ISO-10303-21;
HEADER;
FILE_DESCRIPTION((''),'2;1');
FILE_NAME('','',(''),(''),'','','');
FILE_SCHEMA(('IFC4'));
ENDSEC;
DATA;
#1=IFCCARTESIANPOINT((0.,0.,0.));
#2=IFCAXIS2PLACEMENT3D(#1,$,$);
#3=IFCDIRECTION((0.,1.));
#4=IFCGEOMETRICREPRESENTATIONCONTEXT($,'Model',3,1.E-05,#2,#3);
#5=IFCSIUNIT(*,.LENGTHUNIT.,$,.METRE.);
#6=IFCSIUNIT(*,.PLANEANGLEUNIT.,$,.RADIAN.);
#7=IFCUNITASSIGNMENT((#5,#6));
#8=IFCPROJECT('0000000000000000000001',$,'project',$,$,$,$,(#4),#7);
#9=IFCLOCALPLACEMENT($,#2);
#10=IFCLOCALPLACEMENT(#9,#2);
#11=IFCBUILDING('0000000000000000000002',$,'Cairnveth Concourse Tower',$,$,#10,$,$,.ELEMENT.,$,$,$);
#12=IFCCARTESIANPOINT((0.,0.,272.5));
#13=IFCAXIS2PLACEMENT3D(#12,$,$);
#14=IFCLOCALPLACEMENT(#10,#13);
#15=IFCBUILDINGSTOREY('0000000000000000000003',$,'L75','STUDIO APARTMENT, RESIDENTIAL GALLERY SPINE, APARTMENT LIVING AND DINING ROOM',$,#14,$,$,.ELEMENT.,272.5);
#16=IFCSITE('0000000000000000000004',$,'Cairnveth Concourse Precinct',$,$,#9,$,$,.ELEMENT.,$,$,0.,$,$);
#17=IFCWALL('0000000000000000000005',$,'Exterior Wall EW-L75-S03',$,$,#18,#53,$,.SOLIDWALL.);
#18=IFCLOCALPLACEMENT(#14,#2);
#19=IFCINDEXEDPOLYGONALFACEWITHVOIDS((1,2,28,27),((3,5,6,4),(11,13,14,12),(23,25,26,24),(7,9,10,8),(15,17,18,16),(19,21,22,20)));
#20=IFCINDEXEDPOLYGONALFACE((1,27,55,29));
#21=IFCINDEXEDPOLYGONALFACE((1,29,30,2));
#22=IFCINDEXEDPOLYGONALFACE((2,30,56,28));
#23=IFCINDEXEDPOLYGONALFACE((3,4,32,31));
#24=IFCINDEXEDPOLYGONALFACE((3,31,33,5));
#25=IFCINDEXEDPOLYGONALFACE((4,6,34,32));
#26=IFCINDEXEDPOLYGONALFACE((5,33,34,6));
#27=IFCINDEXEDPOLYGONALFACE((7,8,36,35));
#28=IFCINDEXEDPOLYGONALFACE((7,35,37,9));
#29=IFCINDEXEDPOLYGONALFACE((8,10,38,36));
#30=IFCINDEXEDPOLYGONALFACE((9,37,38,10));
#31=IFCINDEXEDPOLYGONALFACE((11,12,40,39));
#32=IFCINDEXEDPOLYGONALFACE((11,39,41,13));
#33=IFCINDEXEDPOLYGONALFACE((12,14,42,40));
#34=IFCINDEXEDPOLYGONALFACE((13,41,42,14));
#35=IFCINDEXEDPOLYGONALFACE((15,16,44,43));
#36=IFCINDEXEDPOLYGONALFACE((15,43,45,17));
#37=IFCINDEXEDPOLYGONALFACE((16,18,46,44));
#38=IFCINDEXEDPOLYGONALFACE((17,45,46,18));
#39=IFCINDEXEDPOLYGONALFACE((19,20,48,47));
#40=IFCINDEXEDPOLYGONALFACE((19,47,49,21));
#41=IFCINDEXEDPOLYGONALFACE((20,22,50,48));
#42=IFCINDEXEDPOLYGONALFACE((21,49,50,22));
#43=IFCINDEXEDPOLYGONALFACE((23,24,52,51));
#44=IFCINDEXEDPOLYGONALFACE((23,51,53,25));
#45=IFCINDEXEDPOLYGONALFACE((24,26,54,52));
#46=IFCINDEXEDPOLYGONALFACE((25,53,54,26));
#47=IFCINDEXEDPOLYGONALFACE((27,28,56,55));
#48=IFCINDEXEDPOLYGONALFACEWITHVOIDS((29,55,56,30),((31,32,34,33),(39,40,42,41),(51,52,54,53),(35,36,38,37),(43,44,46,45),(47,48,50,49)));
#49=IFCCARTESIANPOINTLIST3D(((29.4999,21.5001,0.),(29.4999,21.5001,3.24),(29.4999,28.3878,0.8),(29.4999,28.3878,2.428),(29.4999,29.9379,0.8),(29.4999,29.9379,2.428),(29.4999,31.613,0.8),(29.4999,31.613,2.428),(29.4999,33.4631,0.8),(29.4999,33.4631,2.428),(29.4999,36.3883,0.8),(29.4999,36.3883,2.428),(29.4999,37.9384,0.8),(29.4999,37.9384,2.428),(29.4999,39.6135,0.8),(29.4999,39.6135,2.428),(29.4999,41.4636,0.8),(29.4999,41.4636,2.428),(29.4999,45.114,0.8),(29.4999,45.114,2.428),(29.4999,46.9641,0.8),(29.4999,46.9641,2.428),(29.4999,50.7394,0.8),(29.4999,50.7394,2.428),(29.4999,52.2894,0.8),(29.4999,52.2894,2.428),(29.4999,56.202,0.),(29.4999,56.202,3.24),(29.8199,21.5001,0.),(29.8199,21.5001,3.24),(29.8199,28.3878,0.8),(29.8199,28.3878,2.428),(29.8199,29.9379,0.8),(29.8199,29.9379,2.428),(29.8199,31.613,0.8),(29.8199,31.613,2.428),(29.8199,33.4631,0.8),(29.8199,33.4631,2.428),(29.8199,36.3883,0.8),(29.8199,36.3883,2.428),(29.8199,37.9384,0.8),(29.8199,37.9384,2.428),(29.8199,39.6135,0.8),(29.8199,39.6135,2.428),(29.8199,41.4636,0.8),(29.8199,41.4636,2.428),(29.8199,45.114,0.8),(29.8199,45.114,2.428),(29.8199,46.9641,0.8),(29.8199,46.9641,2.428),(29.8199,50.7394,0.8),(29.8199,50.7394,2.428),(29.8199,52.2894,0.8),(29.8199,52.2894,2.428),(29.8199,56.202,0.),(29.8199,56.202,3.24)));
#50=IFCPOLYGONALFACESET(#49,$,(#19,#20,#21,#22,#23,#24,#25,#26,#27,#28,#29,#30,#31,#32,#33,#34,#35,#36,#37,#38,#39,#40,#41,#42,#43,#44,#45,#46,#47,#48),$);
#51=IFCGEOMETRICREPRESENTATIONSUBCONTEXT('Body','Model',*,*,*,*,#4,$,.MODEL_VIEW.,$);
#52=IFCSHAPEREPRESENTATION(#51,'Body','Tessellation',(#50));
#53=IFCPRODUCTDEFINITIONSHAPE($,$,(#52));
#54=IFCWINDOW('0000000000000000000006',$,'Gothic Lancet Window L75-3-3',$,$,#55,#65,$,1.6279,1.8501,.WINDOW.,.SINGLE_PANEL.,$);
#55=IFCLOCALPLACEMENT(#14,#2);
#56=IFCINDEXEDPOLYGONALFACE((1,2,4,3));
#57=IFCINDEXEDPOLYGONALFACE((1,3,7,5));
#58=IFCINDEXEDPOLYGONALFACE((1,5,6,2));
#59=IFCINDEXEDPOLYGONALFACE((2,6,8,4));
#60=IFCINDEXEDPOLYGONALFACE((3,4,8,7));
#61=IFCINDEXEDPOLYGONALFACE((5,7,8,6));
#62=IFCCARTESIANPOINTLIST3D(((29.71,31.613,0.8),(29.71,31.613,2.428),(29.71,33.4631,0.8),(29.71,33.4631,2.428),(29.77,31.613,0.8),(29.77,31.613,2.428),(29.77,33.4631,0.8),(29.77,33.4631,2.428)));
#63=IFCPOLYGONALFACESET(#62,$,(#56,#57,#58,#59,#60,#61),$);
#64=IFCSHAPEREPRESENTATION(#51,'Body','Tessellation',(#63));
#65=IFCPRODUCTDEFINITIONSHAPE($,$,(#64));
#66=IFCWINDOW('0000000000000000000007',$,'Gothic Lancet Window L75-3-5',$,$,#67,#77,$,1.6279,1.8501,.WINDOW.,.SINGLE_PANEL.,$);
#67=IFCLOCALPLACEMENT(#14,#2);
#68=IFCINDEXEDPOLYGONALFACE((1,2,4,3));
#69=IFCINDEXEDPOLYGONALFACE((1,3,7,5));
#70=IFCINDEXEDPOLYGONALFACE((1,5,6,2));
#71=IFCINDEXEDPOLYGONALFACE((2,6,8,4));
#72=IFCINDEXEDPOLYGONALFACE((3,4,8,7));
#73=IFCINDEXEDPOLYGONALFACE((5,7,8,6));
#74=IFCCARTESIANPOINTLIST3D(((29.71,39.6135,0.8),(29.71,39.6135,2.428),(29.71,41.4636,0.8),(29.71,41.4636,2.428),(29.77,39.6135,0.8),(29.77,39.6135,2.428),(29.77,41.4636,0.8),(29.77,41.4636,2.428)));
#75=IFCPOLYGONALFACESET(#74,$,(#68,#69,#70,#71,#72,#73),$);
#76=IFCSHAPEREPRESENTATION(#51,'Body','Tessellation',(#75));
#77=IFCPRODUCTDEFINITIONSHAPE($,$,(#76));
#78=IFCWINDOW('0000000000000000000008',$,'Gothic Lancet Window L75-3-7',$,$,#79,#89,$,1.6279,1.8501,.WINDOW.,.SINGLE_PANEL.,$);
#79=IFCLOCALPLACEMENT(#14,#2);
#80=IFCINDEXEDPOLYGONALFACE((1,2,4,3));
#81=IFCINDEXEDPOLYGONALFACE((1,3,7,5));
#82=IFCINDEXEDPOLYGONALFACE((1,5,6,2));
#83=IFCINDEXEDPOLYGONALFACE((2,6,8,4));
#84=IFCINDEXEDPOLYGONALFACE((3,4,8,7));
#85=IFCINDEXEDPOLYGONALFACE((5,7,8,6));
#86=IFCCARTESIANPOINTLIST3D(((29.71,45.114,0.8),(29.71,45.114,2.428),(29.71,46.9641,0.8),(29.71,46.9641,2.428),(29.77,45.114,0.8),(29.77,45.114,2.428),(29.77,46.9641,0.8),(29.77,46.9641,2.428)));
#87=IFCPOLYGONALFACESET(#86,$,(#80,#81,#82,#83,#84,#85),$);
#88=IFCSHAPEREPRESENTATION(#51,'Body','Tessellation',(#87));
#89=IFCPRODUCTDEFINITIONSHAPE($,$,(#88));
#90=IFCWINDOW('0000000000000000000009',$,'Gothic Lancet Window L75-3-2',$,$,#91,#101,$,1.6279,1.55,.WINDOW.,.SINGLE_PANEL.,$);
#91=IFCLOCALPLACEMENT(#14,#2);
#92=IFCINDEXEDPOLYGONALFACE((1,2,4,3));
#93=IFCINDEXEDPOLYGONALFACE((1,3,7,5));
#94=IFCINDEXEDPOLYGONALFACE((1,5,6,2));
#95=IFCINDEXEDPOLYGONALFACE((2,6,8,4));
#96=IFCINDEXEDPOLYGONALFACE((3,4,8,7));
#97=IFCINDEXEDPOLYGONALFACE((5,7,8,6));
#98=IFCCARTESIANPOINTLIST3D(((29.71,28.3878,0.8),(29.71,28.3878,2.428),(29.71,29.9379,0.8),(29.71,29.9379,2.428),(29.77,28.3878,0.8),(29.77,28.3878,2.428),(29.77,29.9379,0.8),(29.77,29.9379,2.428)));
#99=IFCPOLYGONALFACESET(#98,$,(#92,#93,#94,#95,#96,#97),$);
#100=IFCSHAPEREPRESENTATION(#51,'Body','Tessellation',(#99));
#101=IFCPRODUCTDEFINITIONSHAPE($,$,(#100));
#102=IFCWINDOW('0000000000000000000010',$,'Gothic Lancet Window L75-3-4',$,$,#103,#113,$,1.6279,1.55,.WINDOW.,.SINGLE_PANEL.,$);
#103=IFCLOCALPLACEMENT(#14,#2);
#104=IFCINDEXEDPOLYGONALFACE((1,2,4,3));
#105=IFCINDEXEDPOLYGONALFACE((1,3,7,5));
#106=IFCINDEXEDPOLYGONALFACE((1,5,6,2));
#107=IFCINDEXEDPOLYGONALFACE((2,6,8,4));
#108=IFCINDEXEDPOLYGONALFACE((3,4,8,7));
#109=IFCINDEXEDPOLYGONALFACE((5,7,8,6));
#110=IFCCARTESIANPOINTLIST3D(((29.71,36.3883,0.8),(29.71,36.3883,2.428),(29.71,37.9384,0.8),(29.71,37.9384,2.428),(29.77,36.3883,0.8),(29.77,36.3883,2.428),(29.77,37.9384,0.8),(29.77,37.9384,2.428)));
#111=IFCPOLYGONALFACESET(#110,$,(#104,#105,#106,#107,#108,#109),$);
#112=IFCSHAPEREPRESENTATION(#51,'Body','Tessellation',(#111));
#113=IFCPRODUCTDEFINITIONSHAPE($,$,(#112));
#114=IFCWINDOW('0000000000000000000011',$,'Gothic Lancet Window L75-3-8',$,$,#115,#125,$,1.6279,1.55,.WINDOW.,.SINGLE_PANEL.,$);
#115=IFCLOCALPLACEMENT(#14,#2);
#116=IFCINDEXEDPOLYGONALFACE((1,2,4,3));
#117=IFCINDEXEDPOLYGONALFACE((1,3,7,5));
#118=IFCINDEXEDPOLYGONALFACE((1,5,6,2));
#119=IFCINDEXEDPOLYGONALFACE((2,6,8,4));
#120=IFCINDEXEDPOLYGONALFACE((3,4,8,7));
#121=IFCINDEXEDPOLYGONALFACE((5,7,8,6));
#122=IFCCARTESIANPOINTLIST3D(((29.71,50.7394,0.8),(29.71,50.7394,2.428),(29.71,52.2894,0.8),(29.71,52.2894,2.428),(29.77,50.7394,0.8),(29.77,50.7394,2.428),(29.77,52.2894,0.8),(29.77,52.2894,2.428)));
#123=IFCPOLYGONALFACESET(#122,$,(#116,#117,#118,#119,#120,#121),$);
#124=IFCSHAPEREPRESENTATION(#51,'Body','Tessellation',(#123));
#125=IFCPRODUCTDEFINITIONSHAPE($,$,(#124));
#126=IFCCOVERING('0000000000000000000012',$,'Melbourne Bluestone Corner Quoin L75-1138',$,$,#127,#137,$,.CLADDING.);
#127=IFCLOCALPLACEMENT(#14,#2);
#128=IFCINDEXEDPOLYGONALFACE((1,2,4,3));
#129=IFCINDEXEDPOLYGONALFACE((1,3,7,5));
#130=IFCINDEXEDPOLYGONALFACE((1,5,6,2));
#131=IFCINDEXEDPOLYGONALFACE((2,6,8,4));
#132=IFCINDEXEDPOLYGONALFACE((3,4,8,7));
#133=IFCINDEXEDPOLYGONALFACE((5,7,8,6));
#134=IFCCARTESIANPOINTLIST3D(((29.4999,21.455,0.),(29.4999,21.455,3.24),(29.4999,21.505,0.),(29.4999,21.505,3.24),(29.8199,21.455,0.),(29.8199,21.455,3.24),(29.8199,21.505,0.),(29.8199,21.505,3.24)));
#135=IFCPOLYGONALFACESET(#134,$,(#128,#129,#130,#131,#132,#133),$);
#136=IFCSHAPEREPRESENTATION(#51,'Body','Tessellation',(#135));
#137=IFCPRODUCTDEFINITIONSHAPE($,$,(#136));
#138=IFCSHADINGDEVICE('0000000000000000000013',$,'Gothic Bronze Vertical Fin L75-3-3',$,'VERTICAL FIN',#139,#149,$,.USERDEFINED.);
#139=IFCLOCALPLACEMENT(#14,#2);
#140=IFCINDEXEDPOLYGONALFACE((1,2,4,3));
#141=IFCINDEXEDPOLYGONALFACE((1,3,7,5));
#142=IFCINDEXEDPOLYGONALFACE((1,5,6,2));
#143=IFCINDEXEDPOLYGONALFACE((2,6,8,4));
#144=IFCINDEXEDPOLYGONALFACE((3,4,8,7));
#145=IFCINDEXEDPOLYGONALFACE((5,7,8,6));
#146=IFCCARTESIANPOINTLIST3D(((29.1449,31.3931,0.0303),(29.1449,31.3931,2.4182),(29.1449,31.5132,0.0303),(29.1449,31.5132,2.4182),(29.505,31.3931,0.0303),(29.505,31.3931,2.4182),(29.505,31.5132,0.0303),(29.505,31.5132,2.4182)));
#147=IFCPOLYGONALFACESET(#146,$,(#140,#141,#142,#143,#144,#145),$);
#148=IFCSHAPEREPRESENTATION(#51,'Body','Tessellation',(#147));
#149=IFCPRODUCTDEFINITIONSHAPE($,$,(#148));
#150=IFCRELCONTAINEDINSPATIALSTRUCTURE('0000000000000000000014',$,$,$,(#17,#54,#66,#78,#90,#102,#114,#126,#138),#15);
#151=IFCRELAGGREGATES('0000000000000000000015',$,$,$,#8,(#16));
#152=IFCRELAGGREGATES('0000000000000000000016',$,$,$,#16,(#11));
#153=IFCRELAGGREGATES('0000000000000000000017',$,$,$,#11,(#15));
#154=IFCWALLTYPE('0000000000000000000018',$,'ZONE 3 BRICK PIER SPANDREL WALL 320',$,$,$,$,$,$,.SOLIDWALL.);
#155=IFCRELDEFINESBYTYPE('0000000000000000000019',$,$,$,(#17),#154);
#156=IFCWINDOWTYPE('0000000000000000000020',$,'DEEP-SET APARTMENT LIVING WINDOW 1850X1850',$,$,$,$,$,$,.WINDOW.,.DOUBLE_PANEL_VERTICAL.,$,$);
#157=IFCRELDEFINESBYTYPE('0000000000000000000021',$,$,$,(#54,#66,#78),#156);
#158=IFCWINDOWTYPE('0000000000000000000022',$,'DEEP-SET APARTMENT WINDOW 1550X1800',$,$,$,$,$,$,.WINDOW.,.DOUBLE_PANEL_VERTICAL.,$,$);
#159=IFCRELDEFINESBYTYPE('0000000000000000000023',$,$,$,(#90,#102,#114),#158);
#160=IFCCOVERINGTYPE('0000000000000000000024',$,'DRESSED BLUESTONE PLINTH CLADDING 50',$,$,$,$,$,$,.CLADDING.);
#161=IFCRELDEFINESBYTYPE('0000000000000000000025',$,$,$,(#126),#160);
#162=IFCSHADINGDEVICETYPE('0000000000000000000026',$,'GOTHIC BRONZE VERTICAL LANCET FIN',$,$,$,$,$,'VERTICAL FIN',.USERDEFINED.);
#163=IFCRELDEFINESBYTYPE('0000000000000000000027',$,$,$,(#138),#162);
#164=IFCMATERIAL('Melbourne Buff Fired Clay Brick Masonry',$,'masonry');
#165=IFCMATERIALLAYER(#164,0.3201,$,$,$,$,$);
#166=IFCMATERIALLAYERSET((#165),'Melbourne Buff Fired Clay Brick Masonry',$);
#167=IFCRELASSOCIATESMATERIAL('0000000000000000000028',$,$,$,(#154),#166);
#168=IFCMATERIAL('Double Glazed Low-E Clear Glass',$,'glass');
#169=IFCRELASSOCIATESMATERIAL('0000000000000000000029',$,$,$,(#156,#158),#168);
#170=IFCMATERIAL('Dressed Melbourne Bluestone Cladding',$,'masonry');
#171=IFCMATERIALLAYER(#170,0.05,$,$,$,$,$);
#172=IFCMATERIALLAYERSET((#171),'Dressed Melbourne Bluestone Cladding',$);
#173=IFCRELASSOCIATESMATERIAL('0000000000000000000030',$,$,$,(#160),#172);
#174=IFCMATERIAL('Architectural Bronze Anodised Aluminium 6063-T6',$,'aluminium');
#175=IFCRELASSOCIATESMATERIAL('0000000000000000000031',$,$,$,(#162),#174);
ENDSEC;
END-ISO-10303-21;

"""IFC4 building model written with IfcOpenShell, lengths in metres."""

from ifc_helpers import new_model, si_unit, direction, frame, frame_2d, origin, origin_2d, place, context, subcontext, project, spatial, rectangle, extrude, material, layer, layer_set, type_object, element, fill, save


model = new_model("IFC4")

# Units and contexts
model_context = context("Model", 3, precision=1e-05, world=origin(), true_north=direction((0.0, 1.0)))
body_context = subcontext(model_context, "Body", "Model", "MODEL_VIEW")
ifc_project = project(units=[si_unit("LENGTHUNIT", "METRE"), si_unit("PLANEANGLEUNIT", "RADIAN")], contexts=[model_context])

# Site, building, storey
site_placement = place(None, origin())
site = spatial("IfcSite", under=ifc_project, at=site_placement, Name="Cairnveth Concourse Precinct", CompositionType="ELEMENT", RefElevation=0.0)
building_placement = place(site_placement, origin())
building = spatial("IfcBuilding", under=site, at=building_placement, Name="Cairnveth Concourse Tower", CompositionType="ELEMENT")
storey_placement = place(building_placement, frame((0.0, 0.0, 272.5)))
storey = spatial("IfcBuildingStorey", under=building, at=storey_placement, Name="L75", Description="STUDIO APARTMENT, RESIDENTIAL GALLERY SPINE, APARTMENT LIVING AND DINING ROOM", CompositionType="ELEMENT", Elevation=272.5)

# Wall, openings, windows
ifc_material_1 = material(Name="Melbourne Buff Fired Clay Brick Masonry", Category="masonry")
ifc_layer_1 = layer(ifc_material_1, 0.3201)
ifc_layer_set_1 = layer_set([ifc_layer_1], Name="Melbourne Buff Fired Clay Brick Masonry")
wall_type_1 = type_object("IfcWallType", Name="ZONE 3 BRICK PIER SPANDREL WALL 320", PredefinedType="SOLIDWALL", material=ifc_layer_set_1)
wall_1_placement = place(storey_placement, frame((29.6599, 21.5, 0.0), z_axis=(0.0, 0.0, 1.0), x_axis=(0.0, 1.0, 0.0)))
wall_1 = element("IfcWall", 1, at=wall_1_placement, inside=storey, type_object=wall_type_1, Name="Exterior Wall EW-L75-S03", PredefinedType="SOLIDWALL", context=body_context, shape_type="SweptSolid", body=[
    extrude(rectangle(XDim=34.7019, YDim=0.3201, at=frame_2d((17.3511, 0.0))), origin(), (0.0, 0.0, 1.0), 3.24),
])
opening_1_placement = place(wall_1_placement, frame((6.8879, 0.0, 0.8)))
opening_1 = element("IfcOpeningElement", 2, at=opening_1_placement, cuts=wall_1, PredefinedType="OPENING", context=body_context, shape_type="SweptSolid", body=[
    extrude(rectangle(XDim=1.55, YDim=1.6279, at=frame_2d((0.7749, 0.814))), frame((0.0, 0.1699, 0.0), z_axis=(0.0, -1.0, 0.0), x_axis=(1.0, 0.0, 0.0)), (0.0, 0.0, 1.0), 0.3401),
])
opening_2_placement = place(wall_1_placement, frame((10.113, 0.0, 0.8)))
opening_2 = element("IfcOpeningElement", 3, at=opening_2_placement, cuts=wall_1, PredefinedType="OPENING", context=body_context, shape_type="SweptSolid", body=[
    extrude(rectangle(XDim=1.8501, YDim=1.6279, at=frame_2d((0.925, 0.814))), frame((0.0, 0.1699, 0.0), z_axis=(0.0, -1.0, 0.0), x_axis=(1.0, 0.0, 0.0)), (0.0, 0.0, 1.0), 0.3401),
])
opening_3_placement = place(wall_1_placement, frame((14.8884, 0.0, 0.8)))
opening_3 = element("IfcOpeningElement", 4, at=opening_3_placement, cuts=wall_1, PredefinedType="OPENING", context=body_context, shape_type="SweptSolid", body=[
    extrude(rectangle(XDim=1.55, YDim=1.6279, at=frame_2d((0.7749, 0.814))), frame((0.0, 0.1699, 0.0), z_axis=(0.0, -1.0, 0.0), x_axis=(1.0, 0.0, 0.0)), (0.0, 0.0, 1.0), 0.3401),
])
opening_4_placement = place(wall_1_placement, frame((18.1135, 0.0, 0.8)))
opening_4 = element("IfcOpeningElement", 5, at=opening_4_placement, cuts=wall_1, PredefinedType="OPENING", context=body_context, shape_type="SweptSolid", body=[
    extrude(rectangle(XDim=1.8501, YDim=1.6279, at=frame_2d((0.925, 0.814))), frame((0.0, 0.1699, 0.0), z_axis=(0.0, -1.0, 0.0), x_axis=(1.0, 0.0, 0.0)), (0.0, 0.0, 1.0), 0.3401),
])
opening_5_placement = place(wall_1_placement, frame((23.614, 0.0, 0.8)))
opening_5 = element("IfcOpeningElement", 6, at=opening_5_placement, cuts=wall_1, PredefinedType="OPENING", context=body_context, shape_type="SweptSolid", body=[
    extrude(rectangle(XDim=1.8501, YDim=1.6279, at=frame_2d((0.925, 0.814))), frame((0.0, 0.1699, 0.0), z_axis=(0.0, -1.0, 0.0), x_axis=(1.0, 0.0, 0.0)), (0.0, 0.0, 1.0), 0.3401),
])
opening_6_placement = place(wall_1_placement, frame((29.2395, 0.0, 0.8)))
opening_6 = element("IfcOpeningElement", 7, at=opening_6_placement, cuts=wall_1, PredefinedType="OPENING", context=body_context, shape_type="SweptSolid", body=[
    extrude(rectangle(XDim=1.55, YDim=1.6279, at=frame_2d((0.7749, 0.814))), frame((0.0, 0.1699, 0.0), z_axis=(0.0, -1.0, 0.0), x_axis=(1.0, 0.0, 0.0)), (0.0, 0.0, 1.0), 0.3401),
])
ifc_material_2 = material(Name="Double Glazed Low-E Clear Glass", Category="glass")
window_type_1 = type_object("IfcWindowType", Name="DEEP-SET APARTMENT LIVING WINDOW 1850X1850", PartitioningType="DOUBLE_PANEL_VERTICAL", PredefinedType="WINDOW", material=ifc_material_2)
window_1_placement = place(opening_2_placement, origin())
window_1 = element("IfcWindow", 8, at=window_1_placement, inside=storey, type_object=window_type_1, Name="Gothic Lancet Window L75-3-3", OverallHeight=1.6279, OverallWidth=1.8501, PartitioningType="SINGLE_PANEL", PredefinedType="WINDOW", context=body_context, shape_type="SweptSolid", body=[
    extrude(rectangle(XDim=1.8501, YDim=1.6279, at=frame_2d((0.925, 0.814))), frame((0.0, -0.05, 0.0), z_axis=(0.0, -1.0, 0.0), x_axis=(1.0, 0.0, 0.0)), (0.0, 0.0, 1.0), 0.0601),
])
fill(opening_2, window_1)
window_2_placement = place(opening_4_placement, origin())
window_2 = element("IfcWindow", 9, at=window_2_placement, inside=storey, type_object=window_type_1, Name="Gothic Lancet Window L75-3-5", OverallHeight=1.6279, OverallWidth=1.8501, PartitioningType="SINGLE_PANEL", PredefinedType="WINDOW", context=body_context, shape_type="SweptSolid", body=[
    extrude(rectangle(XDim=1.8501, YDim=1.6279, at=frame_2d((0.925, 0.814))), frame((0.0, -0.05, 0.0), z_axis=(0.0, -1.0, 0.0), x_axis=(1.0, 0.0, 0.0)), (0.0, 0.0, 1.0), 0.0601),
])
fill(opening_4, window_2)
window_3_placement = place(opening_5_placement, origin())
window_3 = element("IfcWindow", 10, at=window_3_placement, inside=storey, type_object=window_type_1, Name="Gothic Lancet Window L75-3-7", OverallHeight=1.6279, OverallWidth=1.8501, PartitioningType="SINGLE_PANEL", PredefinedType="WINDOW", context=body_context, shape_type="SweptSolid", body=[
    extrude(rectangle(XDim=1.8501, YDim=1.6279, at=frame_2d((0.925, 0.814))), frame((0.0, -0.05, 0.0), z_axis=(0.0, -1.0, 0.0), x_axis=(1.0, 0.0, 0.0)), (0.0, 0.0, 1.0), 0.0601),
])
fill(opening_5, window_3)
window_type_2 = type_object("IfcWindowType", Name="DEEP-SET APARTMENT WINDOW 1550X1800", PartitioningType="DOUBLE_PANEL_VERTICAL", PredefinedType="WINDOW", material=ifc_material_2)
window_4_placement = place(opening_1_placement, origin())
window_4 = element("IfcWindow", 11, at=window_4_placement, inside=storey, type_object=window_type_2, Name="Gothic Lancet Window L75-3-2", OverallHeight=1.6279, OverallWidth=1.55, PartitioningType="SINGLE_PANEL", PredefinedType="WINDOW", context=body_context, shape_type="SweptSolid", body=[
    extrude(rectangle(XDim=1.55, YDim=1.6279, at=frame_2d((0.7749, 0.814))), frame((0.0, -0.05, 0.0), z_axis=(0.0, -1.0, 0.0), x_axis=(1.0, 0.0, 0.0)), (0.0, 0.0, 1.0), 0.0601),
])
fill(opening_1, window_4)
window_5_placement = place(opening_3_placement, origin())
window_5 = element("IfcWindow", 12, at=window_5_placement, inside=storey, type_object=window_type_2, Name="Gothic Lancet Window L75-3-4", OverallHeight=1.6279, OverallWidth=1.55, PartitioningType="SINGLE_PANEL", PredefinedType="WINDOW", context=body_context, shape_type="SweptSolid", body=[
    extrude(rectangle(XDim=1.55, YDim=1.6279, at=frame_2d((0.7749, 0.814))), frame((0.0, -0.05, 0.0), z_axis=(0.0, -1.0, 0.0), x_axis=(1.0, 0.0, 0.0)), (0.0, 0.0, 1.0), 0.0601),
])
fill(opening_3, window_5)
window_6_placement = place(opening_6_placement, origin())
window_6 = element("IfcWindow", 13, at=window_6_placement, inside=storey, type_object=window_type_2, Name="Gothic Lancet Window L75-3-8", OverallHeight=1.6279, OverallWidth=1.55, PartitioningType="SINGLE_PANEL", PredefinedType="WINDOW", context=body_context, shape_type="SweptSolid", body=[
    extrude(rectangle(XDim=1.55, YDim=1.6279, at=frame_2d((0.7749, 0.814))), frame((0.0, -0.05, 0.0), z_axis=(0.0, -1.0, 0.0), x_axis=(1.0, 0.0, 0.0)), (0.0, 0.0, 1.0), 0.0601),
])
fill(opening_6, window_6)

# Covering
ifc_material_3 = material(Name="Dressed Melbourne Bluestone Cladding", Category="masonry")
ifc_layer_2 = layer(ifc_material_3, 0.05)
ifc_layer_set_2 = layer_set([ifc_layer_2], Name="Dressed Melbourne Bluestone Cladding")
covering_type = type_object("IfcCoveringType", Name="DRESSED BLUESTONE PLINTH CLADDING 50", PredefinedType="CLADDING", material=ifc_layer_set_2)
covering_placement = place(storey_placement, frame((29.8201, 21.48, 0.0), z_axis=(0.0, 0.0, 1.0), x_axis=(-1.0, 0.0, 0.0)))
element("IfcCovering", 14, at=covering_placement, inside=storey, type_object=covering_type, Name="Melbourne Bluestone Corner Quoin L75-1138", PredefinedType="CLADDING", context=body_context, shape_type="SweptSolid", body=[
    extrude(rectangle(XDim=0.3201, YDim=0.05, at=frame_2d((0.1602, 0.0))), origin(), (0.0, 0.0, 1.0), 3.24),
])

# Shading device
ifc_material_4 = material(Name="Architectural Bronze Anodised Aluminium 6063-T6", Category="aluminium")
shading_device_type = type_object("IfcShadingDeviceType", Name="GOTHIC BRONZE VERTICAL LANCET FIN", ElementType="VERTICAL FIN", PredefinedType="USERDEFINED", material=ifc_material_4)
shading_device_placement = place(storey_placement, frame((29.325, 31.4531, 0.0303), z_axis=(0.0, 0.0, 1.0), x_axis=(0.0, 1.0, 0.0)))
element("IfcShadingDevice", 15, at=shading_device_placement, inside=storey, type_object=shading_device_type, Name="Gothic Bronze Vertical Fin L75-3-3", ObjectType="VERTICAL FIN", PredefinedType="USERDEFINED", context=body_context, shape_type="SweptSolid", body=[
    extrude(rectangle(XDim=0.1201, YDim=0.3601, at=origin_2d()), origin(), (0.0, 0.0, 1.0), 2.3879),
])

save(model, "model.ifc")
